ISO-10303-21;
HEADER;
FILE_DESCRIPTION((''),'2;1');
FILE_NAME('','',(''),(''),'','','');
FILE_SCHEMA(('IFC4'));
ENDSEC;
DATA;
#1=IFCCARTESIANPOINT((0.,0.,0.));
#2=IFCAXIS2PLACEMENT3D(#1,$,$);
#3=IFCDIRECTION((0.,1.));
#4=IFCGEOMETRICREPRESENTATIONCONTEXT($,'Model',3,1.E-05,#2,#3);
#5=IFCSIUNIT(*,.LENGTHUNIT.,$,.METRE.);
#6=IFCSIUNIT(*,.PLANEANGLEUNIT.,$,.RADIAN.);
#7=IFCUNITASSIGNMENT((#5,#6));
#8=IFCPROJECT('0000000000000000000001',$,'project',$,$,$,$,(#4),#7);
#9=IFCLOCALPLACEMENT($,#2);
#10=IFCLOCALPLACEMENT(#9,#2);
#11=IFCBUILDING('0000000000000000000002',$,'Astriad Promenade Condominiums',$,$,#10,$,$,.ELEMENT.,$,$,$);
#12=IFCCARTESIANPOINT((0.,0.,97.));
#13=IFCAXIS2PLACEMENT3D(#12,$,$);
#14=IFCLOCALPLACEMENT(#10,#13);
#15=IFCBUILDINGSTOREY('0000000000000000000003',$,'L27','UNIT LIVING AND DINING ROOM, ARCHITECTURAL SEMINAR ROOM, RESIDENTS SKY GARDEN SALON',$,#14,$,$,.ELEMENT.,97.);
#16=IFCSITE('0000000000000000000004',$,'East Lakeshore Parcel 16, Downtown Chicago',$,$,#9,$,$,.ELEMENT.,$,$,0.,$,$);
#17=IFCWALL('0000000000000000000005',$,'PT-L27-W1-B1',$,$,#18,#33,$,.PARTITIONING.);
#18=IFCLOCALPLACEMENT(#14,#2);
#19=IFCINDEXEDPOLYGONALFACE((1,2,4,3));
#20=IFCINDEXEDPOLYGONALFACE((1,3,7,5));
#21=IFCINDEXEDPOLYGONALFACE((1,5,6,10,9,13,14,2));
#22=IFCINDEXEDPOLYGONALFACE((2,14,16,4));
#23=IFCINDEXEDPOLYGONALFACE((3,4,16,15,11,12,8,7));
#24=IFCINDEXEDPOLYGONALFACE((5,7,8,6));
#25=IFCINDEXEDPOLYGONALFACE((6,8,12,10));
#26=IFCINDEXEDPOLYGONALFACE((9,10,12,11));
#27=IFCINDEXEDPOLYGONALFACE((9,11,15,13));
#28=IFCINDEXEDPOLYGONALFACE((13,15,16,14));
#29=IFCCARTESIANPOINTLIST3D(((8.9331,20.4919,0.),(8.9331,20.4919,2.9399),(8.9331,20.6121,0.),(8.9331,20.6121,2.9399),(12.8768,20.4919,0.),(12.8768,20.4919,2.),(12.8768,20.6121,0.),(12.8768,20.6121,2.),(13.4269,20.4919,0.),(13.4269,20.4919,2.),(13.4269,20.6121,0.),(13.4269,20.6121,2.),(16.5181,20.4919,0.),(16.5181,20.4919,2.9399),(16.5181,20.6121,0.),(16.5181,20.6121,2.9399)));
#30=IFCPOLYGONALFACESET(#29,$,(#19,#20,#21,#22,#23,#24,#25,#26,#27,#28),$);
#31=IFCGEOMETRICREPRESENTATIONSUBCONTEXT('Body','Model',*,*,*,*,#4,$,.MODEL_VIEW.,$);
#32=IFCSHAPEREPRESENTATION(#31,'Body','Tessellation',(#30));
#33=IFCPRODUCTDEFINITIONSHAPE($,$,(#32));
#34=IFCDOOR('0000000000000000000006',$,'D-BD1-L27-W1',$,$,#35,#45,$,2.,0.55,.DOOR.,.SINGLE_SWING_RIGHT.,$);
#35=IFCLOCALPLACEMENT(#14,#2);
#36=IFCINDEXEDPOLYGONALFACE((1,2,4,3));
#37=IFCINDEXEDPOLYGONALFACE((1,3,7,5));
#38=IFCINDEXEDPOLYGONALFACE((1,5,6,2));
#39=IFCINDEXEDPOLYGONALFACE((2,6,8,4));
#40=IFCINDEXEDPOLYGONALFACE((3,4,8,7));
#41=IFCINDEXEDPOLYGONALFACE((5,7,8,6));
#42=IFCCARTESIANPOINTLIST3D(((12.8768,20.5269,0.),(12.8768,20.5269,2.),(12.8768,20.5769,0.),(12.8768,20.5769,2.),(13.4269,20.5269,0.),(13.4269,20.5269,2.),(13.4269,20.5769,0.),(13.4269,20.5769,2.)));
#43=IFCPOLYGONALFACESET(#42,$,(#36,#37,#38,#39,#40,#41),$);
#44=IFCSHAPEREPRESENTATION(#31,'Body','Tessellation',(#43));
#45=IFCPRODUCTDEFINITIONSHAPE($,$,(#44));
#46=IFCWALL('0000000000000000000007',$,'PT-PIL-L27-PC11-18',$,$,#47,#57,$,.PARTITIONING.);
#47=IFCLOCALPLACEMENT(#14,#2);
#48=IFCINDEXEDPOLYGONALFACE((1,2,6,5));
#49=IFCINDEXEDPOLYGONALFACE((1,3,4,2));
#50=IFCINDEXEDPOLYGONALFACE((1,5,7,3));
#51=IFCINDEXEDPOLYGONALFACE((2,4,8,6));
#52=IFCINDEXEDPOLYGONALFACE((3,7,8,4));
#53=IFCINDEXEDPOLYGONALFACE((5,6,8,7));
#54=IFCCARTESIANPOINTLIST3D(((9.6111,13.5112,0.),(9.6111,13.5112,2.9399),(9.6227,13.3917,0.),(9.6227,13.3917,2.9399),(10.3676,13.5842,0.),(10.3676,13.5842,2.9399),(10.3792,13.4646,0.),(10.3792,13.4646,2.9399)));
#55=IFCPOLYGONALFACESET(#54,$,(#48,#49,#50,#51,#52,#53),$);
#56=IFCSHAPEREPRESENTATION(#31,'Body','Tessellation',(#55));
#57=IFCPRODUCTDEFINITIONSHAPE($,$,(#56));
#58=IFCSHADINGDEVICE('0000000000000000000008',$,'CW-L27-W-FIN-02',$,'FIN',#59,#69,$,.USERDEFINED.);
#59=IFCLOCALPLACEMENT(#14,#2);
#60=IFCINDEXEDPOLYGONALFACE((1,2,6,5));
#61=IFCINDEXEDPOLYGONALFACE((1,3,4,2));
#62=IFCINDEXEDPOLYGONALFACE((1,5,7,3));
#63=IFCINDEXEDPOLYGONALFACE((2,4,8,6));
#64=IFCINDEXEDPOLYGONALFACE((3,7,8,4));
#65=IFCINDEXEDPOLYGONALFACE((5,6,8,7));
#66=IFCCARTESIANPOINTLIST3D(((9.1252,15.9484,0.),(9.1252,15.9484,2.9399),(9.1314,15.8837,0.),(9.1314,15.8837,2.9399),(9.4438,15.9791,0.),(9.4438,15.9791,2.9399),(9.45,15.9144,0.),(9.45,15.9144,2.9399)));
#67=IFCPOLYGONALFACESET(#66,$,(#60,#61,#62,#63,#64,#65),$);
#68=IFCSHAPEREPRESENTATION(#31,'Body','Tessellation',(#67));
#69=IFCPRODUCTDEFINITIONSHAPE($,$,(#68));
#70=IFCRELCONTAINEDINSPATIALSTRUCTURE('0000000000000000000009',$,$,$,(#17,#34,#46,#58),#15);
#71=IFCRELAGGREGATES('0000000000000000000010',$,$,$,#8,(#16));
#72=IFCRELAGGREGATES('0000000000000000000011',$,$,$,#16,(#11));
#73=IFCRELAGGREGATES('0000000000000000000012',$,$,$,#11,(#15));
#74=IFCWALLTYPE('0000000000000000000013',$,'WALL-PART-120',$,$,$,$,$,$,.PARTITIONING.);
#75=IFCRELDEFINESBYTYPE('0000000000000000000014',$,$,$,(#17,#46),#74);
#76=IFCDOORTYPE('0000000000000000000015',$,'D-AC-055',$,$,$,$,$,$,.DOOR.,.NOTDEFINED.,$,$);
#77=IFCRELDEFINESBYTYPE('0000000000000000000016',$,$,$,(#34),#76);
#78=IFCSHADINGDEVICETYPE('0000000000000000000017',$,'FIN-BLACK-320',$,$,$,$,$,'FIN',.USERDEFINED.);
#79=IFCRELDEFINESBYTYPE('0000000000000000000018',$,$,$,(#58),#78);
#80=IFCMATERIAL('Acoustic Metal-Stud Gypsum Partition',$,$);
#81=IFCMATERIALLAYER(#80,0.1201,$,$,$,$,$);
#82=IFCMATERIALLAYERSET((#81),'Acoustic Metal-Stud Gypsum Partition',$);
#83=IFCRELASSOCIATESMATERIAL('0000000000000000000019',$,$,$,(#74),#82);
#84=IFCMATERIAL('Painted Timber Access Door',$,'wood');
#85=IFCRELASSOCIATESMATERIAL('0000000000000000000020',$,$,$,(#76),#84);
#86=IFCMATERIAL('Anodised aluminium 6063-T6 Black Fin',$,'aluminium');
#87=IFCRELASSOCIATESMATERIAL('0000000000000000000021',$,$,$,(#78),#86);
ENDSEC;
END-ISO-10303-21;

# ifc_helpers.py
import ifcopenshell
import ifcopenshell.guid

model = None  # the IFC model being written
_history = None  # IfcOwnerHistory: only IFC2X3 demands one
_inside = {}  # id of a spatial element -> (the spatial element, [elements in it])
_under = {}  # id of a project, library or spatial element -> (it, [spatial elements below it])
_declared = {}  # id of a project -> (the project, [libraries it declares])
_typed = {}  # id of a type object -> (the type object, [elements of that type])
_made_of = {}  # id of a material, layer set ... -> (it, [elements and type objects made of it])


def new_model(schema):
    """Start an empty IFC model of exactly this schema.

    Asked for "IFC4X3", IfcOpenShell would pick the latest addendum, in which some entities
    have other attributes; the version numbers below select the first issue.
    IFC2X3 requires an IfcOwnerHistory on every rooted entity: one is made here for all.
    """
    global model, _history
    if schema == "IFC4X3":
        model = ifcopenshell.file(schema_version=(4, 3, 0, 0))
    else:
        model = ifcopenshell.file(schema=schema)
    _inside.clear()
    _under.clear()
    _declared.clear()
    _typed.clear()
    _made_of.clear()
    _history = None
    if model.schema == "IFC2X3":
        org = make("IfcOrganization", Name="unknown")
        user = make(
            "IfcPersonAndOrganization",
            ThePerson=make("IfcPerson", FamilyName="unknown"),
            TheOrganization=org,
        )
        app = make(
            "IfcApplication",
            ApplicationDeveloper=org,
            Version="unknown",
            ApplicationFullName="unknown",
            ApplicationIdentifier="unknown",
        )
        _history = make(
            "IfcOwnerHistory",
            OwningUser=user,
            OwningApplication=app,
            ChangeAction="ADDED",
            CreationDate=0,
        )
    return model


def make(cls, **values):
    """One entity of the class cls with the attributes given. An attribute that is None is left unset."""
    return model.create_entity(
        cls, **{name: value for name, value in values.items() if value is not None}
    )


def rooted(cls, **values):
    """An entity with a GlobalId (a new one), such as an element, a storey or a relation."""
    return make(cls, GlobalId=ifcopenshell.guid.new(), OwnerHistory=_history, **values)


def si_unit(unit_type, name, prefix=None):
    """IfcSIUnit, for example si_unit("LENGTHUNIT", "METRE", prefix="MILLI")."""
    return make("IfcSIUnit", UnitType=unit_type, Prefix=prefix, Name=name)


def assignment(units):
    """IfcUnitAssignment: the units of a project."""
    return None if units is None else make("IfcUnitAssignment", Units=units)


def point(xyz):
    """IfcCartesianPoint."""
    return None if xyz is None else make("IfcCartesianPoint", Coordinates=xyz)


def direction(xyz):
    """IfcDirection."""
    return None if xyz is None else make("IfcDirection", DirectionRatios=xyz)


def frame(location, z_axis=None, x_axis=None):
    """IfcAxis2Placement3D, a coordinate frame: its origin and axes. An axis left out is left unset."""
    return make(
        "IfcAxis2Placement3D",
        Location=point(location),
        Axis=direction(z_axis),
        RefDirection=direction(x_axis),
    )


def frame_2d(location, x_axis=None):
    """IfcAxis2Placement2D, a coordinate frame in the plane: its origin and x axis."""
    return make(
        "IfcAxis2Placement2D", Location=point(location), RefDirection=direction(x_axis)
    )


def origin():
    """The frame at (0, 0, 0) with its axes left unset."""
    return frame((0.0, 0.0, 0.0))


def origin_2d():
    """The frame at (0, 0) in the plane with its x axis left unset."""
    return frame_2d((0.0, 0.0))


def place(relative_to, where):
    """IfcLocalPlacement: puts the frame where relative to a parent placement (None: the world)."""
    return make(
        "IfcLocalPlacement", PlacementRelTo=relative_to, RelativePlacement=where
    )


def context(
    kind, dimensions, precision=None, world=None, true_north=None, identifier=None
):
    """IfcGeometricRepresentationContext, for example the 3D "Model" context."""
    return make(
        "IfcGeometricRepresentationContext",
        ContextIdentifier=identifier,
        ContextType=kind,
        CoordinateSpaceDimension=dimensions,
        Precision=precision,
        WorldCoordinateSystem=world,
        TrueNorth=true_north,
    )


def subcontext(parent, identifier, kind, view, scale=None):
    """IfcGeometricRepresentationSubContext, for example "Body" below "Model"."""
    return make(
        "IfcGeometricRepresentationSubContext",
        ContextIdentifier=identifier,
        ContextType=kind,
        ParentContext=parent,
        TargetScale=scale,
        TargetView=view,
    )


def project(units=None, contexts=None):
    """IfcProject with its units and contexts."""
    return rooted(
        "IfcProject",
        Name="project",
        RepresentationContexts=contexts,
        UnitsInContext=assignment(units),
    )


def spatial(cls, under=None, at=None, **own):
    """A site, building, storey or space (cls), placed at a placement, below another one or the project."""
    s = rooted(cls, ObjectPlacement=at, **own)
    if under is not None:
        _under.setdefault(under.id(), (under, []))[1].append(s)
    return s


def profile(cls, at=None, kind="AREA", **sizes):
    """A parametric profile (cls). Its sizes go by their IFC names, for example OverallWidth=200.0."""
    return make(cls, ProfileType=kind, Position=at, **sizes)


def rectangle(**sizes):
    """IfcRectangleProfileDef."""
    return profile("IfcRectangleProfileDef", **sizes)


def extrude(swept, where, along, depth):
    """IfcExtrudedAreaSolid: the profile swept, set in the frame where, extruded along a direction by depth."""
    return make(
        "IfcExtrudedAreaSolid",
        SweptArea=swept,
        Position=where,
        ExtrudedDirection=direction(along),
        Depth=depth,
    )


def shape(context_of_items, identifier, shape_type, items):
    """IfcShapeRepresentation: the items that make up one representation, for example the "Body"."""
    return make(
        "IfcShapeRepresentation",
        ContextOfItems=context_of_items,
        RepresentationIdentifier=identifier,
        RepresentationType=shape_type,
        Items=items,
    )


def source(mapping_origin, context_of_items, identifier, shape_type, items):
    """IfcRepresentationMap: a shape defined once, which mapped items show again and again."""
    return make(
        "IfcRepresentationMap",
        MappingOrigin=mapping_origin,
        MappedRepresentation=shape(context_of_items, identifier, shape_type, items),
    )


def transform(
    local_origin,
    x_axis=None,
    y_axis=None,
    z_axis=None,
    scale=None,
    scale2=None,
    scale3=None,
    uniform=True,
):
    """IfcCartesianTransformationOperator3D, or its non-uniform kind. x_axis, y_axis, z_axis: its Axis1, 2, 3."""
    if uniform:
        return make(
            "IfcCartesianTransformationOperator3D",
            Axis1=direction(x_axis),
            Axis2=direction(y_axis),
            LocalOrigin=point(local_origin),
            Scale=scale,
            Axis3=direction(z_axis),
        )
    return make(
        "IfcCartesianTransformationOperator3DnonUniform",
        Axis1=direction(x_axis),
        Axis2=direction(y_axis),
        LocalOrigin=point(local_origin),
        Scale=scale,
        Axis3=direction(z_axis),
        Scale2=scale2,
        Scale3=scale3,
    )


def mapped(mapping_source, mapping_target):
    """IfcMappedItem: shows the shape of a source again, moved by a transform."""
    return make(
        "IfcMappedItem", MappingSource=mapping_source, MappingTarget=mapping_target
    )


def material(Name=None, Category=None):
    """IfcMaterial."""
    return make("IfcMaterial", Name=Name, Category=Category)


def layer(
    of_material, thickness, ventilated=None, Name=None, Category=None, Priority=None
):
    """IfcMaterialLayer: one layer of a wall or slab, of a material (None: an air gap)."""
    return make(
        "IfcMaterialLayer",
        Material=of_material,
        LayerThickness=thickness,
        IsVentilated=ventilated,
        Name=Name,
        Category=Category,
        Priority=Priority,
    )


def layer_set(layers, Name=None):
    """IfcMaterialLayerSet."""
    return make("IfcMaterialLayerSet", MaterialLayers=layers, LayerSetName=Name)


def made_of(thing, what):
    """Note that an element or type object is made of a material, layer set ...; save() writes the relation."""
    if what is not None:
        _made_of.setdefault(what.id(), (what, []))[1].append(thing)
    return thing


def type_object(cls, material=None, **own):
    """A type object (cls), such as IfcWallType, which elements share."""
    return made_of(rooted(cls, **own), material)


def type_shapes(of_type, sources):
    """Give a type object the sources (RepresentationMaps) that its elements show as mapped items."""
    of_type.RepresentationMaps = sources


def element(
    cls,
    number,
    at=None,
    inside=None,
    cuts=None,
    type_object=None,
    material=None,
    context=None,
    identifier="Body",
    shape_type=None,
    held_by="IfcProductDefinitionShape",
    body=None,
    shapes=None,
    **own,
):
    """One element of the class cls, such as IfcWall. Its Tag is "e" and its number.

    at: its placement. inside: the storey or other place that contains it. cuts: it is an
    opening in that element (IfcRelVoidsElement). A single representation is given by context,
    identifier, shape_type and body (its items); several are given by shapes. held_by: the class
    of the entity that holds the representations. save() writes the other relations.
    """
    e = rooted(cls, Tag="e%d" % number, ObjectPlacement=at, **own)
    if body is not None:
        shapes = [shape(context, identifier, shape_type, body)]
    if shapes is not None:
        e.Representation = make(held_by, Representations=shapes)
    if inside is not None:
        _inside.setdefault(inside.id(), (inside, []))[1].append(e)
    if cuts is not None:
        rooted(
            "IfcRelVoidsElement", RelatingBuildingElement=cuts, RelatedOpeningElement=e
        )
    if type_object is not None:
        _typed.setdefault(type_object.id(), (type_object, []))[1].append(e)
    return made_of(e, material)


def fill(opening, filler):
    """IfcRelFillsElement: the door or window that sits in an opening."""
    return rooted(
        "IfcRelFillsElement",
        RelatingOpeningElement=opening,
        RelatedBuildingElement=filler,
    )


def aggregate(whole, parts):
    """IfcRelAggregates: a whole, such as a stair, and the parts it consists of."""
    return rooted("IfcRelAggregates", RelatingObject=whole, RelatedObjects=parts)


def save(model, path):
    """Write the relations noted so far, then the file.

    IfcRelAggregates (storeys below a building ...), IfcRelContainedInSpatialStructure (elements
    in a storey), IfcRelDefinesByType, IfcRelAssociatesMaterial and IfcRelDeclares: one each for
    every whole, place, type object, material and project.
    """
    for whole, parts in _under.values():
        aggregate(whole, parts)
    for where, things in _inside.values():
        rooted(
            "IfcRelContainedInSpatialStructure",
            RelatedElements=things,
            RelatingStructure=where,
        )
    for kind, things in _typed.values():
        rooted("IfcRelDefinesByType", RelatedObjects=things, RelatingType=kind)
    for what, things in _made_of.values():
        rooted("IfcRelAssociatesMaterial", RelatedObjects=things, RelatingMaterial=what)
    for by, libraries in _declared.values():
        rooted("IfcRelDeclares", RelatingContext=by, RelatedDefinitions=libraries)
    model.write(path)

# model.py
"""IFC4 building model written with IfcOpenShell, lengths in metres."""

from ifc_helpers import new_model, si_unit, direction, frame, frame_2d, origin, origin_2d, place, context, subcontext, project, spatial, rectangle, extrude, source, transform, mapped, material, layer, layer_set, type_object, type_shapes, element, fill, save


model = new_model("IFC4")

# Units and contexts
model_context = context("Model", 3, precision=1e-05, world=origin(), true_north=direction((0.0, 1.0)))
body_context = subcontext(model_context, "Body", "Model", "MODEL_VIEW")
ifc_project = project(units=[si_unit("LENGTHUNIT", "METRE"), si_unit("PLANEANGLEUNIT", "RADIAN")], contexts=[model_context])

# Site, building, storey
site_placement = place(None, origin())
site = spatial("IfcSite", under=ifc_project, at=site_placement, Name="East Lakeshore Parcel 16, Downtown Chicago", CompositionType="ELEMENT", RefElevation=0.0)
building_placement = place(site_placement, origin())
building = spatial("IfcBuilding", under=site, at=building_placement, Name="Astriad Promenade Condominiums", CompositionType="ELEMENT")
storey_placement = place(building_placement, frame((0.0, 0.0, 97.0)))
storey = spatial("IfcBuildingStorey", under=building, at=storey_placement, Name="L27", Description="UNIT LIVING AND DINING ROOM, ARCHITECTURAL SEMINAR ROOM, RESIDENTS SKY GARDEN SALON", CompositionType="ELEMENT", Elevation=97.0)

# Wall, opening, door
ifc_material_1 = material(Name="Acoustic Metal-Stud Gypsum Partition")
ifc_layer_1 = layer(ifc_material_1, 0.1201)
ifc_layer_set_1 = layer_set([ifc_layer_1], Name="Acoustic Metal-Stud Gypsum Partition")
wall_type_1 = type_object("IfcWallType", Name="WALL-PART-120", PredefinedType="PARTITIONING", material=ifc_layer_set_1)
wall_1_placement = place(storey_placement, frame((8.9331, 20.552, 0.0), z_axis=(0.0, 0.0, 1.0), x_axis=(1.0, 0.0, 0.0)))
wall_1 = element("IfcWall", 1, at=wall_1_placement, inside=storey, type_object=wall_type_1, Name="PT-L27-W1-B1", PredefinedType="PARTITIONING", context=body_context, shape_type="SweptSolid", body=[
    extrude(rectangle(XDim=7.585, YDim=0.1201, at=frame_2d((3.7925, 0.0))), origin(), (0.0, 0.0, 1.0), 2.9399),
])
opening_1_placement = place(wall_1_placement, frame((3.9438, 0.0, 0.0)))
opening_1 = element("IfcOpeningElement", 2, at=opening_1_placement, cuts=wall_1, PredefinedType="OPENING", context=body_context, shape_type="SweptSolid", body=[
    extrude(rectangle(XDim=0.55, YDim=2.0, at=frame_2d((0.2749, 1.0))), frame((0.0, 0.0701, 0.0), z_axis=(0.0, -1.0, 0.0), x_axis=(1.0, 0.0, 0.0)), (0.0, 0.0, 1.0), 0.1401),
])
ifc_material_2 = material(Name="Painted Timber Access Door", Category="wood")
door_type_1 = type_object("IfcDoorType", Name="D-AC-055", OperationType="NOTDEFINED", PredefinedType="DOOR", material=ifc_material_2)
shared_shape_1 = source(origin(), body_context, "Body", "SweptSolid", [
    extrude(rectangle(XDim=0.55, YDim=2.0, at=frame_2d((0.2749, 1.0))), frame((0.0, 0.0249, 0.0), z_axis=(0.0, -1.0, 0.0), x_axis=(1.0, 0.0, 0.0)), (0.0, 0.0, 1.0), 0.05),
])
type_shapes(door_type_1, [shared_shape_1])
door_1_placement = place(opening_1_placement, origin())
door_1 = element("IfcDoor", 3, at=door_1_placement, inside=storey, type_object=door_type_1, Name="D-BD1-L27-W1", OperationType="SINGLE_SWING_RIGHT", OverallHeight=2.0, OverallWidth=0.55, PredefinedType="DOOR", context=body_context, shape_type="MappedRepresentation", body=[
    mapped(shared_shape_1, transform((0.0, 0.0, 0.0), scale=1.0)),
])
fill(opening_1, door_1)

# Wall
wall_2_placement = place(storey_placement, frame((10.3733, 13.5244, 0.0), z_axis=(0.0, 0.0, 1.0), x_axis=(-0.995378, -0.096037, 0.0)))
element("IfcWall", 4, at=wall_2_placement, inside=storey, type_object=wall_type_1, Name="PT-PIL-L27-PC11-18", PredefinedType="PARTITIONING", context=body_context, shape_type="SweptSolid", body=[
    extrude(rectangle(XDim=0.76, YDim=0.1201, at=frame_2d((0.3799, 0.0))), origin(), (0.0, 0.0, 1.0), 2.9399),
])

# Shading device
ifc_material_3 = material(Name="Anodised aluminium 6063-T6 Black Fin", Category="aluminium")
shading_device_type = type_object("IfcShadingDeviceType", Name="FIN-BLACK-320", ElementType="FIN", PredefinedType="USERDEFINED", material=ifc_material_3)
shared_shape_2 = source(origin(), body_context, "Body", "SweptSolid", [
    extrude(rectangle(XDim=0.0649, YDim=0.3201, at=origin_2d()), origin(), (0.0, 0.0, 1.0), 2.9399),
])
type_shapes(shading_device_type, [shared_shape_2])
shading_device_placement = place(storey_placement, frame((9.2876, 15.9314, 0.0), z_axis=(0.0, 0.0, 1.0), x_axis=(-0.095846, 0.995396, 0.0)))
element("IfcShadingDevice", 5, at=shading_device_placement, inside=storey, type_object=shading_device_type, Name="CW-L27-W-FIN-02", ObjectType="FIN", PredefinedType="USERDEFINED", context=body_context, shape_type="MappedRepresentation", body=[
    mapped(shared_shape_2, transform((0.0, 0.0, 0.0), scale=1.0)),
])

save(model, "model.ifc")
